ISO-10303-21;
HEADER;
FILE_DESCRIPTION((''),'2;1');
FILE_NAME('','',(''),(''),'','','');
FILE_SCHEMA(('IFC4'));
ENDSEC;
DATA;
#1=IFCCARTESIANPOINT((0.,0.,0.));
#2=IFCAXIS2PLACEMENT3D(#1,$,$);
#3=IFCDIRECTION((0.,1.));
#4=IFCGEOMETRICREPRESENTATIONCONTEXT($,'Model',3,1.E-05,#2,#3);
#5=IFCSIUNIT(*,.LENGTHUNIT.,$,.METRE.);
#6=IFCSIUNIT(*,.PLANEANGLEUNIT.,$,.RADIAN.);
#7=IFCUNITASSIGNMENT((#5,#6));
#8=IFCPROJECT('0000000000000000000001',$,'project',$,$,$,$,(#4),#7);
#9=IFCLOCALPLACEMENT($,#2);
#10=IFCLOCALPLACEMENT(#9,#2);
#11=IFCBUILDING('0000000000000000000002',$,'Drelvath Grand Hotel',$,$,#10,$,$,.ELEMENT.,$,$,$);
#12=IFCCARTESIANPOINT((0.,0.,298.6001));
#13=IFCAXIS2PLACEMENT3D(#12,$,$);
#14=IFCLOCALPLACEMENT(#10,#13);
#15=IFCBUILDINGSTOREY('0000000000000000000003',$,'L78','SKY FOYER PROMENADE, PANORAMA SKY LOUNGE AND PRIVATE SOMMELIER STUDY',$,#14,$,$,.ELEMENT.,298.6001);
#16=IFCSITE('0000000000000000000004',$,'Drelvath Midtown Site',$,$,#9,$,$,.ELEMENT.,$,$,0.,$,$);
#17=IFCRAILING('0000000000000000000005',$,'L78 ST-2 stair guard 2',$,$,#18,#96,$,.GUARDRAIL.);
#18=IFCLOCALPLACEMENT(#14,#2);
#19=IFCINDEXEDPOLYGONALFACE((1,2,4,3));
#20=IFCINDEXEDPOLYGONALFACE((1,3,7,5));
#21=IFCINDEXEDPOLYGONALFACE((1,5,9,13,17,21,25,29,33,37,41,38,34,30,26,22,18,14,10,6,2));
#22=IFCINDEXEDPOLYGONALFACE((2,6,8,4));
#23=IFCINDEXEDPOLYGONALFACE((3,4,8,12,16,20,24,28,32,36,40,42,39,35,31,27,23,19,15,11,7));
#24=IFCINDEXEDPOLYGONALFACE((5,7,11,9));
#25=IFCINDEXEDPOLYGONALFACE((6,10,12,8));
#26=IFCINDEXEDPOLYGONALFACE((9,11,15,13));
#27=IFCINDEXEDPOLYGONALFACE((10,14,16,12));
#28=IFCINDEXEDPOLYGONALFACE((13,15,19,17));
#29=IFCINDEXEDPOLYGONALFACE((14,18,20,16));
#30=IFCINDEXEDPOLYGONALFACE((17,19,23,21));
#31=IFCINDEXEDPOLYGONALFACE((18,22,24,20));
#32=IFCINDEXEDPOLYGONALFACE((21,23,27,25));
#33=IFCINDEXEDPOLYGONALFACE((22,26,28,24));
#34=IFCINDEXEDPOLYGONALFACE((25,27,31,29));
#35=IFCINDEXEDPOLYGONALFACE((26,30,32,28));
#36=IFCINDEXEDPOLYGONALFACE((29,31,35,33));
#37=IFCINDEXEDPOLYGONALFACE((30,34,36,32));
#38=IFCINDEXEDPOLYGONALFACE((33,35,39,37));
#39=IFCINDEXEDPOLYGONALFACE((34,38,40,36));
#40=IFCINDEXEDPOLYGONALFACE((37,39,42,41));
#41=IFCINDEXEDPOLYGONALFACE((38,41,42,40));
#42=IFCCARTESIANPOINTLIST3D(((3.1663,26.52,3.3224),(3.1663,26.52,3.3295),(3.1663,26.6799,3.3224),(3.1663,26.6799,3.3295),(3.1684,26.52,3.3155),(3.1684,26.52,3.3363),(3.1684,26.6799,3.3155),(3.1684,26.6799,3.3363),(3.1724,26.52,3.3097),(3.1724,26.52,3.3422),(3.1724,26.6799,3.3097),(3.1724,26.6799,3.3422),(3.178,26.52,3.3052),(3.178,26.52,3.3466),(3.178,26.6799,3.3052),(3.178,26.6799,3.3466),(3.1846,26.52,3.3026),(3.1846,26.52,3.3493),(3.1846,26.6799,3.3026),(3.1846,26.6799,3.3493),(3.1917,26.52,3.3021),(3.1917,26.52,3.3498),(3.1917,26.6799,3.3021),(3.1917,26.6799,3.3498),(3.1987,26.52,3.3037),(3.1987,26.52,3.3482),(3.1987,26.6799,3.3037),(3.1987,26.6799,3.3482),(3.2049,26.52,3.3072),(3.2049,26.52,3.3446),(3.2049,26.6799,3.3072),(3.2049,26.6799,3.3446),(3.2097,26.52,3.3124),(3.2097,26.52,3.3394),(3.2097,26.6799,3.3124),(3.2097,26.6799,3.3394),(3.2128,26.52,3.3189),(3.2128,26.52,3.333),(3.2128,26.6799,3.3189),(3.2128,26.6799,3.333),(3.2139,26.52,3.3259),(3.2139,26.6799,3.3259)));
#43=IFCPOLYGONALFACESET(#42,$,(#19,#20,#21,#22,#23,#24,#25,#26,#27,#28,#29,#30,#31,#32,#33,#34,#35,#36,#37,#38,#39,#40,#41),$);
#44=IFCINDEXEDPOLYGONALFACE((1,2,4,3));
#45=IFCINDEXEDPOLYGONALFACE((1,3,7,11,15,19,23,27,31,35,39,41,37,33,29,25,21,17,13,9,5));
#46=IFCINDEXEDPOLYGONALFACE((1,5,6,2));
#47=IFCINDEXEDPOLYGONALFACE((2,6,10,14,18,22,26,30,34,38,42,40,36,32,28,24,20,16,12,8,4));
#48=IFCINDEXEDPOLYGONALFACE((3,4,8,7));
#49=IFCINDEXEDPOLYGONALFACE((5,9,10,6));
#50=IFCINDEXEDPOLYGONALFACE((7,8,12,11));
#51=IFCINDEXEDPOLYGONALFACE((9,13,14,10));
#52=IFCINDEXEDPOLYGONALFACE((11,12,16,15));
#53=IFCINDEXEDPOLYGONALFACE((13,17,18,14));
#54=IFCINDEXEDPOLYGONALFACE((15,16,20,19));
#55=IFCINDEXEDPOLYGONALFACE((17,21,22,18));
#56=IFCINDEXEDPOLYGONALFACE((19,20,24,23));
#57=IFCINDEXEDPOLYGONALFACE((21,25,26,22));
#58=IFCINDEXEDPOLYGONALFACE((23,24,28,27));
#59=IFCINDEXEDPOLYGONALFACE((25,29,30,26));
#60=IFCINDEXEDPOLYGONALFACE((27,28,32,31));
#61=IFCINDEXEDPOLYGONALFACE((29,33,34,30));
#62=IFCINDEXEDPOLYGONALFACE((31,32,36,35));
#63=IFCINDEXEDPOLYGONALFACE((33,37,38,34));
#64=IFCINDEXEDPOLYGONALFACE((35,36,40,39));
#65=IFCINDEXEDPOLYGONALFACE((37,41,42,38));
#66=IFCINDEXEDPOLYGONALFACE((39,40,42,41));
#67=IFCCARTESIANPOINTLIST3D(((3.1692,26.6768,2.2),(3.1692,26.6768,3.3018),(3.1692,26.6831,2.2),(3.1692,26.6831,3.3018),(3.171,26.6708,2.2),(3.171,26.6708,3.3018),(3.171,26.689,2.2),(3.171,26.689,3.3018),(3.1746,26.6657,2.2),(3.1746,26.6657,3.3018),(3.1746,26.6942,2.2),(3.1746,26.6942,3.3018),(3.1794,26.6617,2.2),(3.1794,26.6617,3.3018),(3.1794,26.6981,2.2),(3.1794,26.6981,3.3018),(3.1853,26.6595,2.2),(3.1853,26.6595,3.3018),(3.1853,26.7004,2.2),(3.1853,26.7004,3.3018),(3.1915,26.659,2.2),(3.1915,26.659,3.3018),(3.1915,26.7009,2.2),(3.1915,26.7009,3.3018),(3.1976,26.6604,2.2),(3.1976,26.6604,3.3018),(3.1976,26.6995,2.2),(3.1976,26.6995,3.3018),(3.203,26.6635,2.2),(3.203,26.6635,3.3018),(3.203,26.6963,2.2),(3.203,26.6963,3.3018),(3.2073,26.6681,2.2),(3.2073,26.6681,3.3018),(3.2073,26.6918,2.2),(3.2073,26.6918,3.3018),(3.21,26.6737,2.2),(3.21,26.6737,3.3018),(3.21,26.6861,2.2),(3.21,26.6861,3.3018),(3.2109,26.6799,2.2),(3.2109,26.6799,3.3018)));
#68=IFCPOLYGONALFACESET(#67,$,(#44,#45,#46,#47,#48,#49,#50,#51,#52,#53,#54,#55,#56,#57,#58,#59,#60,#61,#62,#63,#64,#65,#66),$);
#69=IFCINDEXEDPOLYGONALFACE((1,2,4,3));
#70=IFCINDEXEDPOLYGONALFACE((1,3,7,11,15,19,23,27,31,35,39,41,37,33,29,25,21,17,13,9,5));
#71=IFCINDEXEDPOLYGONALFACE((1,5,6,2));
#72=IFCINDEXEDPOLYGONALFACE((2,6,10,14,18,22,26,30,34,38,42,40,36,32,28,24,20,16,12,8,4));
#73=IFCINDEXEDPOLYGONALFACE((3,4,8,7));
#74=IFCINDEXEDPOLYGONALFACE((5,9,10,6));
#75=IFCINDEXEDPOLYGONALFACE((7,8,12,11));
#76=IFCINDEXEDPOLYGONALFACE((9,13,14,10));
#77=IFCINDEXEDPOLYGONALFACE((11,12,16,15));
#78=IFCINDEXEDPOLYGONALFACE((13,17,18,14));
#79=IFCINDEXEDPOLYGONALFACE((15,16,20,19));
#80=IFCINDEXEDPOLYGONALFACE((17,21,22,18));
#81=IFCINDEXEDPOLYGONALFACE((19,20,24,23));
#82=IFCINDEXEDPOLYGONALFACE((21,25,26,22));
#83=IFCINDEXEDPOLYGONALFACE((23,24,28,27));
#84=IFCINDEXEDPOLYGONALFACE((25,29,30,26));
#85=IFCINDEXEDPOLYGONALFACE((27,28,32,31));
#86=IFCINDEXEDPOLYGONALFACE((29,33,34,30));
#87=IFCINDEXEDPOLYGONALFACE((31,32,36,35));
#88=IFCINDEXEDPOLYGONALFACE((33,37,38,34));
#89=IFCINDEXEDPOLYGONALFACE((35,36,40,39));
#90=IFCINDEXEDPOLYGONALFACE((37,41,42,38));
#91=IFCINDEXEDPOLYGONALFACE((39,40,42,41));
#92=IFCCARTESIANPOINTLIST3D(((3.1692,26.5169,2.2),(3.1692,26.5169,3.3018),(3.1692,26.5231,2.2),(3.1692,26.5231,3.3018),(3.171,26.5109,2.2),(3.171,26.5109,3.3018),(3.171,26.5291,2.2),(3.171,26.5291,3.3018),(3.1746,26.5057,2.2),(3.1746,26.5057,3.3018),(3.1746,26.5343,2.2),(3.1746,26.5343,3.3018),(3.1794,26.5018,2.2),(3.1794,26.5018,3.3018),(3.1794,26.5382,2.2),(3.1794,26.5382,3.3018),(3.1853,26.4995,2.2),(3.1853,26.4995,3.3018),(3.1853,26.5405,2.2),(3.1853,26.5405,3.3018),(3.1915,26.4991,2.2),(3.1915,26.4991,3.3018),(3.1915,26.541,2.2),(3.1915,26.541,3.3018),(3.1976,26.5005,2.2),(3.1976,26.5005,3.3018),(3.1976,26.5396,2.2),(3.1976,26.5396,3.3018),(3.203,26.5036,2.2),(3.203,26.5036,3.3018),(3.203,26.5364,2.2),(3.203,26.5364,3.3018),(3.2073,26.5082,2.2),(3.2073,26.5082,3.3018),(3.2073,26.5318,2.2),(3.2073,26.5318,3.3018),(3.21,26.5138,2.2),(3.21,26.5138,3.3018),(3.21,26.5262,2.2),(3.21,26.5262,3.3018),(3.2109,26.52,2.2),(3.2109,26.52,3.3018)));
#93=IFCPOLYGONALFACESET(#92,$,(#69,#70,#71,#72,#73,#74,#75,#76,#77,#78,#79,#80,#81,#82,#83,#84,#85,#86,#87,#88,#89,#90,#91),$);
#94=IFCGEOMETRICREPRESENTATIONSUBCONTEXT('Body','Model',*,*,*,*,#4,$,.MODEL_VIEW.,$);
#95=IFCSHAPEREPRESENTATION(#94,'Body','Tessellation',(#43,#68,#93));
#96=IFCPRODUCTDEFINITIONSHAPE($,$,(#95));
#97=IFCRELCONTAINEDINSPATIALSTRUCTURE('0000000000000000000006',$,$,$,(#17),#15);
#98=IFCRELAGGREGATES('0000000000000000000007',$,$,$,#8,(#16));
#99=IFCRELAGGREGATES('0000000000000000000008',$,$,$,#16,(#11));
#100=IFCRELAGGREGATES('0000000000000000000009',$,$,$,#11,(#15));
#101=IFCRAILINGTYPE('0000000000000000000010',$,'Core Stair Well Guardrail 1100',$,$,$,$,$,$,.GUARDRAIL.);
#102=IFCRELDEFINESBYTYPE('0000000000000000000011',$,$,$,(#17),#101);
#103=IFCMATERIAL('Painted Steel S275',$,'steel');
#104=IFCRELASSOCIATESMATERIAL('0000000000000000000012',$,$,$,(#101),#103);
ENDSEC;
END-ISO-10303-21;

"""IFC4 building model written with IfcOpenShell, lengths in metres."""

from ifc_helpers import new_model, si_unit, direction, frame, origin, origin_2d, place, context, subcontext, project, spatial, circle, extrude, material, type_object, element, save


model = new_model("IFC4")

# Units and contexts
model_context = context("Model", 3, precision=1e-05, world=origin(), true_north=direction((0.0, 1.0)))
body_context = subcontext(model_context, "Body", "Model", "MODEL_VIEW")
ifc_project = project(units=[si_unit("LENGTHUNIT", "METRE"), si_unit("PLANEANGLEUNIT", "RADIAN")], contexts=[model_context])

# Site, building, storey
site_placement = place(None, origin())
site = spatial("IfcSite", under=ifc_project, at=site_placement, Name="Drelvath Midtown Site", CompositionType="ELEMENT", RefElevation=0.0)
building_placement = place(site_placement, origin())
building = spatial("IfcBuilding", under=site, at=building_placement, Name="Drelvath Grand Hotel", CompositionType="ELEMENT")
storey_placement = place(building_placement, frame((0.0, 0.0, 298.6001)))
storey = spatial("IfcBuildingStorey", under=building, at=storey_placement, Name="L78", Description="SKY FOYER PROMENADE, PANORAMA SKY LOUNGE AND PRIVATE SOMMELIER STUDY", CompositionType="ELEMENT", Elevation=298.6001)

# Railing
ifc_material_1 = material(Name="Painted Steel S275", Category="steel")
railing_type_1 = type_object("IfcRailingType", Name="Core Stair Well Guardrail 1100", PredefinedType="GUARDRAIL", material=ifc_material_1)
railing_1_placement = place(storey_placement, frame((3.1899, 26.6799, 2.2)))
element("IfcRailing", 1, at=railing_1_placement, inside=storey, type_object=railing_type_1, Name="L78 ST-2 stair guard 2", PredefinedType="GUARDRAIL", context=body_context, shape_type="SweptSolid", body=[
    extrude(circle(Radius=0.0239, at=origin_2d()), frame((0.0, 0.0, 1.126), z_axis=(0.0, -1.0, 0.0), x_axis=(1.0, 0.0, 0.0)), (0.0, 0.0, 1.0), 0.1599),
    extrude(circle(Radius=0.021, at=origin_2d()), origin(), (0.0, 0.0, 1.0), 1.1018),
    extrude(circle(Radius=0.021, at=origin_2d()), frame((0.0, -0.1599, 0.0)), (0.0, 0.0, 1.0), 1.1018),
])

save(model, "model.ifc")
